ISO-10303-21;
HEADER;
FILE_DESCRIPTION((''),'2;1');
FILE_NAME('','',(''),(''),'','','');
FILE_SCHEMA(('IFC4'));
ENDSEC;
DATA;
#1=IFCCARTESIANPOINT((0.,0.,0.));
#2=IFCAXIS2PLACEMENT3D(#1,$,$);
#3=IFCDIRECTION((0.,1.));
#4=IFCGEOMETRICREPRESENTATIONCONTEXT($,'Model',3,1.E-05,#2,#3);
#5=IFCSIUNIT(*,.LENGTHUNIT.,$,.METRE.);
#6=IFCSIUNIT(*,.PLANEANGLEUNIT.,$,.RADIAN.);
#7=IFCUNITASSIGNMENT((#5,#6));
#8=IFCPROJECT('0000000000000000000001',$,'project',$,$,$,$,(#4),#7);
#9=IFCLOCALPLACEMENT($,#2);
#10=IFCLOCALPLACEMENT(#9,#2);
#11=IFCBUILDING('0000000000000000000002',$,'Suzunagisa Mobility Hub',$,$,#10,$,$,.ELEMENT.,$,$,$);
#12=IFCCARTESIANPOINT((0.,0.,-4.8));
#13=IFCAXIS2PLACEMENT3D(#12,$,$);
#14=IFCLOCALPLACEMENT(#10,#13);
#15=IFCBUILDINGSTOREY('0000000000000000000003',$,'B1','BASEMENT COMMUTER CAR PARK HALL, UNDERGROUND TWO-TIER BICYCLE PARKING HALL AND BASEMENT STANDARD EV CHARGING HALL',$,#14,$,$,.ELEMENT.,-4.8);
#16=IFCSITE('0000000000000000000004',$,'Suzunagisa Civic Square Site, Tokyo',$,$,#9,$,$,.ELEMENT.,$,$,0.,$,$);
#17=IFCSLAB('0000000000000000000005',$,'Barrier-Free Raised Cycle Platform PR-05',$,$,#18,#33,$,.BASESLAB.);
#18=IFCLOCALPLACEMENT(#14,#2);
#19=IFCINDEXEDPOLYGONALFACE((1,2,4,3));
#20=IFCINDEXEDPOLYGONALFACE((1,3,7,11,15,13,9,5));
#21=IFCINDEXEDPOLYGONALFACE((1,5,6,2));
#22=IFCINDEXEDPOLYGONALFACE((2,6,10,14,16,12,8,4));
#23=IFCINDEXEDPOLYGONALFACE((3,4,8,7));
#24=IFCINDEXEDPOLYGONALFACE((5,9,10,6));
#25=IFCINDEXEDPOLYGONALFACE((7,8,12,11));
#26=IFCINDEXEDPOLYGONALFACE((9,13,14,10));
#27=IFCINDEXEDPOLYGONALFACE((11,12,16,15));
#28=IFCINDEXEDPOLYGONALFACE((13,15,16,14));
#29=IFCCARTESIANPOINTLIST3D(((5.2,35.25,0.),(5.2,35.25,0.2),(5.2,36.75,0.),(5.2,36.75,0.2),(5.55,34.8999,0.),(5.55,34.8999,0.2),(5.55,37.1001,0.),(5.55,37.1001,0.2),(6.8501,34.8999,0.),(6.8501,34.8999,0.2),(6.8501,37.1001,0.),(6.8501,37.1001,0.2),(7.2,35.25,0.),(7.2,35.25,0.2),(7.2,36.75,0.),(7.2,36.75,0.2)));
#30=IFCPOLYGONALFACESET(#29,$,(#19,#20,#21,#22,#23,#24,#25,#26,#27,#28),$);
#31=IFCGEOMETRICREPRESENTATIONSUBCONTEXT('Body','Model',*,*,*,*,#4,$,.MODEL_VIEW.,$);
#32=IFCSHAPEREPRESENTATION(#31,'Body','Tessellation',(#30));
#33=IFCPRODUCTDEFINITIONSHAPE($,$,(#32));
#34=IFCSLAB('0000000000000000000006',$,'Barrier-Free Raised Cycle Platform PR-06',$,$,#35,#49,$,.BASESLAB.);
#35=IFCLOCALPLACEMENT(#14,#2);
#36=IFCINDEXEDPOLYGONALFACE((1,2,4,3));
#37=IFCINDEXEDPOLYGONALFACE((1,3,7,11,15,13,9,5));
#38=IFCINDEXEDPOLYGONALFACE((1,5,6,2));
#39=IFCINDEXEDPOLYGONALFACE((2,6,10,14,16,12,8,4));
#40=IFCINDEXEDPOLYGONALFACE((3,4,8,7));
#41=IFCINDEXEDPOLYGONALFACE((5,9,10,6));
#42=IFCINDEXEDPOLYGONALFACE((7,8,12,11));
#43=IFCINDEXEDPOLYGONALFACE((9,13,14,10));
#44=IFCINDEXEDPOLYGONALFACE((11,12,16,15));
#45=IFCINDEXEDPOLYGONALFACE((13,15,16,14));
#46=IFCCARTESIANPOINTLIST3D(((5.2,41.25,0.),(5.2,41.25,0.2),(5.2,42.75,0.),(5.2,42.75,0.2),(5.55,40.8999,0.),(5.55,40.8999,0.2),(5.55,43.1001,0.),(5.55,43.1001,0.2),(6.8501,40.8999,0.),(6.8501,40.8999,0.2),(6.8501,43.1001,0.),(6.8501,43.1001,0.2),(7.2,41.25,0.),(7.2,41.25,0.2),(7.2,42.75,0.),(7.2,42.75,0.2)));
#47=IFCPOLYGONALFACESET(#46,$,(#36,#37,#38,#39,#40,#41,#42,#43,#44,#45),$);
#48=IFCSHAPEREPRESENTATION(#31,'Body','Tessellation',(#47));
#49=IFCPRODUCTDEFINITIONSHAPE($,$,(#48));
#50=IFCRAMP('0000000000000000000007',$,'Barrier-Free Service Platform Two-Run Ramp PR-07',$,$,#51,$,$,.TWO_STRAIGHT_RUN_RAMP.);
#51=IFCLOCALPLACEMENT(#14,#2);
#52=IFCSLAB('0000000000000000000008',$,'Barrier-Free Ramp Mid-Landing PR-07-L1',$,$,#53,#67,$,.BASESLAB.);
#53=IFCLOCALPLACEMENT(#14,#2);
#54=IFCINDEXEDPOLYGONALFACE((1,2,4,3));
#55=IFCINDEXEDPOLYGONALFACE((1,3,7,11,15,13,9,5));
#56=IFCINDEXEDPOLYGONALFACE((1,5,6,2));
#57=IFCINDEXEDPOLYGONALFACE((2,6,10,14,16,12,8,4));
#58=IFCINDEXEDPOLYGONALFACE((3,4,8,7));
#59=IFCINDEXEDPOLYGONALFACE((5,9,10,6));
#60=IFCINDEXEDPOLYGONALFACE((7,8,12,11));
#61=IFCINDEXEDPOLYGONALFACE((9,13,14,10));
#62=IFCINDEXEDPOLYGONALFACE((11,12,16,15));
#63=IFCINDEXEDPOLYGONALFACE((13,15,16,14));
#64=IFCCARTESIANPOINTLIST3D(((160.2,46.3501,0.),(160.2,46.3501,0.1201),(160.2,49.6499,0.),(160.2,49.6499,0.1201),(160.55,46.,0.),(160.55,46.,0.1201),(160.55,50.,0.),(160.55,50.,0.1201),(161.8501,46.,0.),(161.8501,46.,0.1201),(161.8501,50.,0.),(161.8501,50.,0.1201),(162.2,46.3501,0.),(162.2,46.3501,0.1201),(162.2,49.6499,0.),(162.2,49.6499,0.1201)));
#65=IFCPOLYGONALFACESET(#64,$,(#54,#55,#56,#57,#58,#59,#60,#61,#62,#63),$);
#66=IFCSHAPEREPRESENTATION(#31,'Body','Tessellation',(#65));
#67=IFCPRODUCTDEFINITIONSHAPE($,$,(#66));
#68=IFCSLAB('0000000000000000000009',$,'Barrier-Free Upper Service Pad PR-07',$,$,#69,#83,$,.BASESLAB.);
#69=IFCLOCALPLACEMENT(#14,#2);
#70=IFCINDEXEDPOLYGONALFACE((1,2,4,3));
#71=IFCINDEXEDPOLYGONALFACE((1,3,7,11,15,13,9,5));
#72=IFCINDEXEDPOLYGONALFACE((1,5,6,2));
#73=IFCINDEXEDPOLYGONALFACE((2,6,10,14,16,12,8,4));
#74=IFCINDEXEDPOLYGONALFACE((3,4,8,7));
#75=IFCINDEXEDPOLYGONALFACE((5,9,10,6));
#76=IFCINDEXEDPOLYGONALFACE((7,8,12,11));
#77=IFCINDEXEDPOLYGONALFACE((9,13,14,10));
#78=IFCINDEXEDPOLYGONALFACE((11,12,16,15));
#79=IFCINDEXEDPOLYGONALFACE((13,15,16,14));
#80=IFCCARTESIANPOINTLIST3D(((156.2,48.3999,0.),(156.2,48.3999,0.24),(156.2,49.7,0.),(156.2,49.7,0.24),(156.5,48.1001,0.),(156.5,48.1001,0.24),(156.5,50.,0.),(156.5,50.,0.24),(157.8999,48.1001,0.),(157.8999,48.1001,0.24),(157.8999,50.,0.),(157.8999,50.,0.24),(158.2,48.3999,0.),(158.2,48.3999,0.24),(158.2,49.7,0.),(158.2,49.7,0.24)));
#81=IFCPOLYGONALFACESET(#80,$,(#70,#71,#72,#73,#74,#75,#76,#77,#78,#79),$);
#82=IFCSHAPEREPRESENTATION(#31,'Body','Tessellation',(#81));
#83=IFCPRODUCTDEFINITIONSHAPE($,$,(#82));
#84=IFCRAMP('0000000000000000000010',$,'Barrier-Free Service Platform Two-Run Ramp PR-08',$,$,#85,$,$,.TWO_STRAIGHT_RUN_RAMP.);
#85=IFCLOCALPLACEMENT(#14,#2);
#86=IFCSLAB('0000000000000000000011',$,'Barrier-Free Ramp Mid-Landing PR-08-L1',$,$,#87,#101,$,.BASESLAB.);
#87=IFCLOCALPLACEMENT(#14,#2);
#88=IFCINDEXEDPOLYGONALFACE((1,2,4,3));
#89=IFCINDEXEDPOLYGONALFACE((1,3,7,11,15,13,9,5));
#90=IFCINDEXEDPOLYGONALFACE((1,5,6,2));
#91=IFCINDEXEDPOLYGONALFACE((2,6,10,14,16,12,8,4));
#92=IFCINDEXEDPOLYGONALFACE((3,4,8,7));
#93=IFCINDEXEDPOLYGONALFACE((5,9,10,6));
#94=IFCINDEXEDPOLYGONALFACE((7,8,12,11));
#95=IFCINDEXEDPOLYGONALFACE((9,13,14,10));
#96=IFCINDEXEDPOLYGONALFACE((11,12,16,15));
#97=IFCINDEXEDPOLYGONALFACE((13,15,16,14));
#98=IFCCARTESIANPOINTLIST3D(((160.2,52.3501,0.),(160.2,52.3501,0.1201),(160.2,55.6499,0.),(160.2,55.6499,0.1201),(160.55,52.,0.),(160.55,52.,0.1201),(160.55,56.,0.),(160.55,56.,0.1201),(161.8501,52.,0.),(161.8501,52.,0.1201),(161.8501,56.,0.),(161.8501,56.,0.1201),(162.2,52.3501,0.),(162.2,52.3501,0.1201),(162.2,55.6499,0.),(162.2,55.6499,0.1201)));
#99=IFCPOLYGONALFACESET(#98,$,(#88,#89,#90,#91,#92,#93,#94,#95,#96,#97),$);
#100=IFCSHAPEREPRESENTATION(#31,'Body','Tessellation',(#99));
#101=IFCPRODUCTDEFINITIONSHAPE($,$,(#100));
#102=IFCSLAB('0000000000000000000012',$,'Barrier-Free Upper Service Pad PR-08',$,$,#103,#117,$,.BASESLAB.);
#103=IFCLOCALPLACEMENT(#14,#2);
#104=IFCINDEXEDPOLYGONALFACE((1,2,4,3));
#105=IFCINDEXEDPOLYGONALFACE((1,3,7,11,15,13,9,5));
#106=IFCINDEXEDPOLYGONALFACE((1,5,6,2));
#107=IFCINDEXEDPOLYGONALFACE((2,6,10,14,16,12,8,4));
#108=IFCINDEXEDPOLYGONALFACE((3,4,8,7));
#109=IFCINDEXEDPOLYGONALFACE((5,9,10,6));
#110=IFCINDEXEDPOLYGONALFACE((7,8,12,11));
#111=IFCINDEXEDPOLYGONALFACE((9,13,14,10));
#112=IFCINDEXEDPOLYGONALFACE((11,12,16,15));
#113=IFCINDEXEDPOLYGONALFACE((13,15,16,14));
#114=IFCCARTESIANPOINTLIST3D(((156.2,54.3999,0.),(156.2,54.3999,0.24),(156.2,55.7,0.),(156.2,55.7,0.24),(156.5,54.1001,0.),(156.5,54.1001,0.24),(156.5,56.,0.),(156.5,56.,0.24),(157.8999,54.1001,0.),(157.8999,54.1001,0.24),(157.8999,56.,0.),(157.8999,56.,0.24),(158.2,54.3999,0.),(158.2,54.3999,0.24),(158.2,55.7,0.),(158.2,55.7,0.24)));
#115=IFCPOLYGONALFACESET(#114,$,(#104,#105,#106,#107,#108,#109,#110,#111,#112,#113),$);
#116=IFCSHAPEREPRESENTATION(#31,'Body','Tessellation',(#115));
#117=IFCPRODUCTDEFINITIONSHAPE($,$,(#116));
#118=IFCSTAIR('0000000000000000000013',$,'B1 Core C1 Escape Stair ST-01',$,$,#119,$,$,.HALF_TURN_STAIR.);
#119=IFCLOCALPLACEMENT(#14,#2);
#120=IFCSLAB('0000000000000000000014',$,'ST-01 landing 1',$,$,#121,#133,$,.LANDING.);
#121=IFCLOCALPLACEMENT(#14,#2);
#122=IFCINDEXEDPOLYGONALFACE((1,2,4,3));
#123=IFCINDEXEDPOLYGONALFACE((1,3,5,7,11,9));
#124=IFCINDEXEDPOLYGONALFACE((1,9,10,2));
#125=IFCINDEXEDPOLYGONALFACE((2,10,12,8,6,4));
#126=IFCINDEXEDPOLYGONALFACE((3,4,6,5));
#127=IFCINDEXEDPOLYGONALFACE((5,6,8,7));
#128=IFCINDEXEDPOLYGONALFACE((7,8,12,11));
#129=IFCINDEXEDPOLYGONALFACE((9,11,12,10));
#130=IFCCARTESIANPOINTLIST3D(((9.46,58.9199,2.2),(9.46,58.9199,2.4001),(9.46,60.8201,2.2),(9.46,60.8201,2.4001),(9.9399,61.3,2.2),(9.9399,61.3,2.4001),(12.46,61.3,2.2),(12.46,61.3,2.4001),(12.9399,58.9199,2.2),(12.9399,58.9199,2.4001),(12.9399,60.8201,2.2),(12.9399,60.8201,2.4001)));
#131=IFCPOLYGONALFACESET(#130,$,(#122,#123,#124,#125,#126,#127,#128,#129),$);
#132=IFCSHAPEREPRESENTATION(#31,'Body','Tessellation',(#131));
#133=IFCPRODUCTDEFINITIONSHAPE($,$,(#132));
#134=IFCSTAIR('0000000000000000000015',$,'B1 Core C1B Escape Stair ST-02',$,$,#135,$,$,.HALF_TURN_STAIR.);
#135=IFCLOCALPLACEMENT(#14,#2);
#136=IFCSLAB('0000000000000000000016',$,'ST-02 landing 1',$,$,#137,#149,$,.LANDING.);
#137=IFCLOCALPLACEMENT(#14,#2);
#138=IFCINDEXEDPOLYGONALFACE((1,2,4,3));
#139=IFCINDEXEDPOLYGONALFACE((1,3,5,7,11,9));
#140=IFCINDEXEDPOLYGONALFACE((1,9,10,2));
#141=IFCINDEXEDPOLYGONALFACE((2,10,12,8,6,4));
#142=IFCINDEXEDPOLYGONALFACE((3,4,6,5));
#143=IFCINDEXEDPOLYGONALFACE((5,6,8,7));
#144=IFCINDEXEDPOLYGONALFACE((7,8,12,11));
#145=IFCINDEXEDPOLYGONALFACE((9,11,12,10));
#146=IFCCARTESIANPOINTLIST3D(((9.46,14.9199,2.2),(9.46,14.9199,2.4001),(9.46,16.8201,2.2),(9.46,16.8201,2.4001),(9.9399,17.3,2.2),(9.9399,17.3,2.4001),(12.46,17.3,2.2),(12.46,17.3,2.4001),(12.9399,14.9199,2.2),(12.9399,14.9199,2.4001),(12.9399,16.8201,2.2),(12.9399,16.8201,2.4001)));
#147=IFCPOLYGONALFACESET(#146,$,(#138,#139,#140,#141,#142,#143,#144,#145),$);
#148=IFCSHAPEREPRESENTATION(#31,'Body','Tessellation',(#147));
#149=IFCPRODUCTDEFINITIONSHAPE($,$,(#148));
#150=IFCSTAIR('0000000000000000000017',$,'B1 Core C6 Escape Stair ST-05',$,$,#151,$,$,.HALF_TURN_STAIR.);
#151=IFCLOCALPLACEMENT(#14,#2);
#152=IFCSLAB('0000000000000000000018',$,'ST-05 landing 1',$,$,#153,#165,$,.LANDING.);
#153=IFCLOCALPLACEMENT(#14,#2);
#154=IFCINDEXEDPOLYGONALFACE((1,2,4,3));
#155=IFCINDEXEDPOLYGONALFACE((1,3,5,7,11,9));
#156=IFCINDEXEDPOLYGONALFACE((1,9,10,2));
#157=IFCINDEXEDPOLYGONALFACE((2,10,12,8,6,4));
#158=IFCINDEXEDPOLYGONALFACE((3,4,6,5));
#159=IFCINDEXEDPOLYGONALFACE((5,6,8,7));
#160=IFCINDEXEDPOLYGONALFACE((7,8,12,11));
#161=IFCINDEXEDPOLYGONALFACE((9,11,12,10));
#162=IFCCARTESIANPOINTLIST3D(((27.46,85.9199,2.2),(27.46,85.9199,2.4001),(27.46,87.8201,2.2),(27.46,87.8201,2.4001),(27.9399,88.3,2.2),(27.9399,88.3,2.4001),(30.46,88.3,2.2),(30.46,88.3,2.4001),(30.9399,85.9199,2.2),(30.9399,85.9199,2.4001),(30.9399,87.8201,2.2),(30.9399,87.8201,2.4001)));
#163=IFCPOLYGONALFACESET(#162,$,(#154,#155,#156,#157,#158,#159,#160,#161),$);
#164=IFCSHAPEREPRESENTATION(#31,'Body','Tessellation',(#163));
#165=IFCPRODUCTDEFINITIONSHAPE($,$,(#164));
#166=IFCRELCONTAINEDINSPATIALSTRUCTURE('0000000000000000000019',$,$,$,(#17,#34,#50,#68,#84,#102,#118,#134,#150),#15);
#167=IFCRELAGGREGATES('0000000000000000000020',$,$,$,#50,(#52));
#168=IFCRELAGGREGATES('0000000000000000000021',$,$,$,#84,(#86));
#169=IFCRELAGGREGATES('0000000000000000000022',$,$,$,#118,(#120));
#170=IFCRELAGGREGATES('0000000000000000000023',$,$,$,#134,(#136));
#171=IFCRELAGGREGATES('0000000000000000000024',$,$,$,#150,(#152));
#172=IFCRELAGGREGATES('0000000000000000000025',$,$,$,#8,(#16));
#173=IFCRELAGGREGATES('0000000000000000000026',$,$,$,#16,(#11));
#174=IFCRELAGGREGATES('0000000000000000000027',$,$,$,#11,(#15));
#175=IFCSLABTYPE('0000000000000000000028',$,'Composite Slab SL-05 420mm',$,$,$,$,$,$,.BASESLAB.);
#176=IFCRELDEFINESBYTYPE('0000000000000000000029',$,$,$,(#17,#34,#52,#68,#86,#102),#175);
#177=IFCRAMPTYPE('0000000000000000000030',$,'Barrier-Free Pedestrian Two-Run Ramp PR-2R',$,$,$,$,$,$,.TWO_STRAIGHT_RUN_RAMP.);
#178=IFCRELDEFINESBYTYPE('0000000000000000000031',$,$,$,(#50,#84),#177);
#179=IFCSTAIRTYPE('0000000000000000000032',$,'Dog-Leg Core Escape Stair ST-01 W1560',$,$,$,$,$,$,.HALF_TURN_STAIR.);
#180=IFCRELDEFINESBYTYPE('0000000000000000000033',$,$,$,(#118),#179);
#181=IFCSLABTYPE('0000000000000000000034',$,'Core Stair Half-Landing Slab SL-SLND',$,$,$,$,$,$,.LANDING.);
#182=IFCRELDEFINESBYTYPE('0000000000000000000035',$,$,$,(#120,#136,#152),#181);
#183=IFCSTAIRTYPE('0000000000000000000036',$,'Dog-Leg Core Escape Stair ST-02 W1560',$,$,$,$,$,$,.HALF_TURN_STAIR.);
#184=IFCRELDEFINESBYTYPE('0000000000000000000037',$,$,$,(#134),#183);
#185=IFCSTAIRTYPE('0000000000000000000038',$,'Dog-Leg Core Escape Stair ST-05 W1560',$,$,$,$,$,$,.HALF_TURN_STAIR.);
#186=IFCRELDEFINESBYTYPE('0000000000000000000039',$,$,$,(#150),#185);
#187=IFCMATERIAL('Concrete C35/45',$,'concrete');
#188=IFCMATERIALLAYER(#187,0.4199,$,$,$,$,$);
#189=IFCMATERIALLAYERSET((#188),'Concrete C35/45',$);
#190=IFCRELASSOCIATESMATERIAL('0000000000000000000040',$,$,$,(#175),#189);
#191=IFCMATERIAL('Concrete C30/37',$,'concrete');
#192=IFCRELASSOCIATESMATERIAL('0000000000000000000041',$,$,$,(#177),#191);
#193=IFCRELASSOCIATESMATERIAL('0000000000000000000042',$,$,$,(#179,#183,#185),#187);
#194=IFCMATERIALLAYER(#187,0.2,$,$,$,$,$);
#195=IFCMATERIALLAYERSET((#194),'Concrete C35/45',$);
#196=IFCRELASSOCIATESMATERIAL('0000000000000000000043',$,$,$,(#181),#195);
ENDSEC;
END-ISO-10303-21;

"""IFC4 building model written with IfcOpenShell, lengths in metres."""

from ifc_helpers import new_model, si_unit, direction, frame, origin, place, context, subcontext, project, spatial, polyline, outline, extrude, material, layer, layer_set, type_object, element, aggregate, save


model = new_model("IFC4")

# Units and contexts
model_context = context("Model", 3, precision=1e-05, world=origin(), true_north=direction((0.0, 1.0)))
body_context = subcontext(model_context, "Body", "Model", "MODEL_VIEW")
ifc_project = project(units=[si_unit("LENGTHUNIT", "METRE"), si_unit("PLANEANGLEUNIT", "RADIAN")], contexts=[model_context])

# Site, building, storey
site_placement = place(None, origin())
site = spatial("IfcSite", under=ifc_project, at=site_placement, Name="Suzunagisa Civic Square Site, Tokyo", CompositionType="ELEMENT", RefElevation=0.0)
building_placement = place(site_placement, origin())
building = spatial("IfcBuilding", under=site, at=building_placement, Name="Suzunagisa Mobility Hub", CompositionType="ELEMENT")
storey_placement = place(building_placement, frame((0.0, 0.0, -4.8)))
storey = spatial("IfcBuildingStorey", under=building, at=storey_placement, Name="B1", Description="BASEMENT COMMUTER CAR PARK HALL, UNDERGROUND TWO-TIER BICYCLE PARKING HALL AND BASEMENT STANDARD EV CHARGING HALL", CompositionType="ELEMENT", Elevation=-4.8)

# Slabs
ifc_material_1 = material(Name="Concrete C35/45", Category="concrete")
ifc_layer_1 = layer(ifc_material_1, 0.4199)
ifc_layer_set_1 = layer_set([ifc_layer_1], Name="Concrete C35/45")
slab_type_1 = type_object("IfcSlabType", Name="Composite Slab SL-05 420mm", PredefinedType="BASESLAB", material=ifc_layer_set_1)
slab_1_placement = place(storey_placement, origin())
element("IfcSlab", 1, at=slab_1_placement, inside=storey, type_object=slab_type_1, Name="Barrier-Free Raised Cycle Platform PR-05", PredefinedType="BASESLAB", context=body_context, shape_type="SweptSolid", body=[
    extrude(outline(polyline([(5.55, 34.8999), (6.8501, 34.8999), (7.2, 35.25), (7.2, 36.75), (6.8501, 37.1001), (5.55, 37.1001), (5.2, 36.75), (5.2, 35.25), (5.55, 34.8999)])), origin(), (0.0, 0.0, 1.0), 0.2),
])
slab_2_placement = place(storey_placement, origin())
element("IfcSlab", 2, at=slab_2_placement, inside=storey, type_object=slab_type_1, Name="Barrier-Free Raised Cycle Platform PR-06", PredefinedType="BASESLAB", context=body_context, shape_type="SweptSolid", body=[
    extrude(outline(polyline([(5.55, 40.8999), (6.8501, 40.8999), (7.2, 41.25), (7.2, 42.75), (6.8501, 43.1001), (5.55, 43.1001), (5.2, 42.75), (5.2, 41.25), (5.55, 40.8999)])), origin(), (0.0, 0.0, 1.0), 0.2),
])

# Ramp, slab
ifc_material_2 = material(Name="Concrete C30/37", Category="concrete")
ramp_type = type_object("IfcRampType", Name="Barrier-Free Pedestrian Two-Run Ramp PR-2R", PredefinedType="TWO_STRAIGHT_RUN_RAMP", material=ifc_material_2)
ramp_1_placement = place(storey_placement, origin())
ramp_1 = element("IfcRamp", 3, at=ramp_1_placement, inside=storey, type_object=ramp_type, Name="Barrier-Free Service Platform Two-Run Ramp PR-07", PredefinedType="TWO_STRAIGHT_RUN_RAMP")
slab_3_placement = place(storey_placement, origin())
slab_3 = element("IfcSlab", 4, at=slab_3_placement, type_object=slab_type_1, Name="Barrier-Free Ramp Mid-Landing PR-07-L1", PredefinedType="BASESLAB", context=body_context, shape_type="SweptSolid", body=[
    extrude(outline(polyline([(160.55, 46.0), (161.8501, 46.0), (162.2, 46.3501), (162.2, 49.6499), (161.8501, 50.0), (160.55, 50.0), (160.2, 49.6499), (160.2, 46.3501), (160.55, 46.0)])), origin(), (0.0, 0.0, 1.0), 0.1201),
])
aggregate(ramp_1, [slab_3])

# Slab
slab_4_placement = place(storey_placement, origin())
element("IfcSlab", 5, at=slab_4_placement, inside=storey, type_object=slab_type_1, Name="Barrier-Free Upper Service Pad PR-07", PredefinedType="BASESLAB", context=body_context, shape_type="SweptSolid", body=[
    extrude(outline(polyline([(156.5, 48.1001), (157.8999, 48.1001), (158.2, 48.3999), (158.2, 49.7), (157.8999, 50.0), (156.5, 50.0), (156.2, 49.7), (156.2, 48.3999), (156.5, 48.1001)])), origin(), (0.0, 0.0, 1.0), 0.24),
])

# Ramp, slab
ramp_2_placement = place(storey_placement, origin())
ramp_2 = element("IfcRamp", 6, at=ramp_2_placement, inside=storey, type_object=ramp_type, Name="Barrier-Free Service Platform Two-Run Ramp PR-08", PredefinedType="TWO_STRAIGHT_RUN_RAMP")
slab_5_placement = place(storey_placement, origin())
slab_5 = element("IfcSlab", 7, at=slab_5_placement, type_object=slab_type_1, Name="Barrier-Free Ramp Mid-Landing PR-08-L1", PredefinedType="BASESLAB", context=body_context, shape_type="SweptSolid", body=[
    extrude(outline(polyline([(160.55, 52.0), (161.8501, 52.0), (162.2, 52.3501), (162.2, 55.6499), (161.8501, 56.0), (160.55, 56.0), (160.2, 55.6499), (160.2, 52.3501), (160.55, 52.0)])), origin(), (0.0, 0.0, 1.0), 0.1201),
])
aggregate(ramp_2, [slab_5])

# Slab
slab_6_placement = place(storey_placement, origin())
element("IfcSlab", 8, at=slab_6_placement, inside=storey, type_object=slab_type_1, Name="Barrier-Free Upper Service Pad PR-08", PredefinedType="BASESLAB", context=body_context, shape_type="SweptSolid", body=[
    extrude(outline(polyline([(156.5, 54.1001), (157.8999, 54.1001), (158.2, 54.3999), (158.2, 55.7), (157.8999, 56.0), (156.5, 56.0), (156.2, 55.7), (156.2, 54.3999), (156.5, 54.1001)])), origin(), (0.0, 0.0, 1.0), 0.24),
])

# Stairs, slabs
stair_type_1 = type_object("IfcStairType", Name="Dog-Leg Core Escape Stair ST-01 W1560", PredefinedType="HALF_TURN_STAIR", material=ifc_material_1)
stair_1_placement = place(storey_placement, origin())
stair_1 = element("IfcStair", 9, at=stair_1_placement, inside=storey, type_object=stair_type_1, Name="B1 Core C1 Escape Stair ST-01", PredefinedType="HALF_TURN_STAIR")
ifc_layer_2 = layer(ifc_material_1, 0.2)
ifc_layer_set_2 = layer_set([ifc_layer_2], Name="Concrete C35/45")
slab_type_2 = type_object("IfcSlabType", Name="Core Stair Half-Landing Slab SL-SLND", PredefinedType="LANDING", material=ifc_layer_set_2)
slab_7_placement = place(storey_placement, frame((0.0, 0.0, 2.2)))
slab_7 = element("IfcSlab", 10, at=slab_7_placement, type_object=slab_type_2, Name="ST-01 landing 1", PredefinedType="LANDING", context=body_context, shape_type="SweptSolid", body=[
    extrude(outline(polyline([(9.46, 58.9199), (12.9399, 58.9199), (12.9399, 60.8201), (12.46, 61.3), (9.9399, 61.3), (9.46, 60.8201), (9.46, 58.9199)])), origin(), (0.0, 0.0, 1.0), 0.2002),
])
aggregate(stair_1, [slab_7])
stair_type_2 = type_object("IfcStairType", Name="Dog-Leg Core Escape Stair ST-02 W1560", PredefinedType="HALF_TURN_STAIR", material=ifc_material_1)
stair_2_placement = place(storey_placement, origin())
stair_2 = element("IfcStair", 11, at=stair_2_placement, inside=storey, type_object=stair_type_2, Name="B1 Core C1B Escape Stair ST-02", PredefinedType="HALF_TURN_STAIR")
slab_8_placement = place(storey_placement, frame((0.0, 0.0, 2.2)))
slab_8 = element("IfcSlab", 12, at=slab_8_placement, type_object=slab_type_2, Name="ST-02 landing 1", PredefinedType="LANDING", context=body_context, shape_type="SweptSolid", body=[
    extrude(outline(polyline([(9.46, 14.9199), (12.9399, 14.9199), (12.9399, 16.8201), (12.46, 17.3), (9.9399, 17.3), (9.46, 16.8201), (9.46, 14.9199)])), origin(), (0.0, 0.0, 1.0), 0.2002),
])
aggregate(stair_2, [slab_8])
stair_type_3 = type_object("IfcStairType", Name="Dog-Leg Core Escape Stair ST-05 W1560", PredefinedType="HALF_TURN_STAIR", material=ifc_material_1)
stair_3_placement = place(storey_placement, origin())
stair_3 = element("IfcStair", 13, at=stair_3_placement, inside=storey, type_object=stair_type_3, Name="B1 Core C6 Escape Stair ST-05", PredefinedType="HALF_TURN_STAIR")
slab_9_placement = place(storey_placement, frame((0.0, 0.0, 2.2)))
slab_9 = element("IfcSlab", 14, at=slab_9_placement, type_object=slab_type_2, Name="ST-05 landing 1", PredefinedType="LANDING", context=body_context, shape_type="SweptSolid", body=[
    extrude(outline(polyline([(27.46, 85.9199), (30.9399, 85.9199), (30.9399, 87.8201), (30.46, 88.3), (27.9399, 88.3), (27.46, 87.8201), (27.46, 85.9199)])), origin(), (0.0, 0.0, 1.0), 0.2002),
])
aggregate(stair_3, [slab_9])

save(model, "model.ifc")
